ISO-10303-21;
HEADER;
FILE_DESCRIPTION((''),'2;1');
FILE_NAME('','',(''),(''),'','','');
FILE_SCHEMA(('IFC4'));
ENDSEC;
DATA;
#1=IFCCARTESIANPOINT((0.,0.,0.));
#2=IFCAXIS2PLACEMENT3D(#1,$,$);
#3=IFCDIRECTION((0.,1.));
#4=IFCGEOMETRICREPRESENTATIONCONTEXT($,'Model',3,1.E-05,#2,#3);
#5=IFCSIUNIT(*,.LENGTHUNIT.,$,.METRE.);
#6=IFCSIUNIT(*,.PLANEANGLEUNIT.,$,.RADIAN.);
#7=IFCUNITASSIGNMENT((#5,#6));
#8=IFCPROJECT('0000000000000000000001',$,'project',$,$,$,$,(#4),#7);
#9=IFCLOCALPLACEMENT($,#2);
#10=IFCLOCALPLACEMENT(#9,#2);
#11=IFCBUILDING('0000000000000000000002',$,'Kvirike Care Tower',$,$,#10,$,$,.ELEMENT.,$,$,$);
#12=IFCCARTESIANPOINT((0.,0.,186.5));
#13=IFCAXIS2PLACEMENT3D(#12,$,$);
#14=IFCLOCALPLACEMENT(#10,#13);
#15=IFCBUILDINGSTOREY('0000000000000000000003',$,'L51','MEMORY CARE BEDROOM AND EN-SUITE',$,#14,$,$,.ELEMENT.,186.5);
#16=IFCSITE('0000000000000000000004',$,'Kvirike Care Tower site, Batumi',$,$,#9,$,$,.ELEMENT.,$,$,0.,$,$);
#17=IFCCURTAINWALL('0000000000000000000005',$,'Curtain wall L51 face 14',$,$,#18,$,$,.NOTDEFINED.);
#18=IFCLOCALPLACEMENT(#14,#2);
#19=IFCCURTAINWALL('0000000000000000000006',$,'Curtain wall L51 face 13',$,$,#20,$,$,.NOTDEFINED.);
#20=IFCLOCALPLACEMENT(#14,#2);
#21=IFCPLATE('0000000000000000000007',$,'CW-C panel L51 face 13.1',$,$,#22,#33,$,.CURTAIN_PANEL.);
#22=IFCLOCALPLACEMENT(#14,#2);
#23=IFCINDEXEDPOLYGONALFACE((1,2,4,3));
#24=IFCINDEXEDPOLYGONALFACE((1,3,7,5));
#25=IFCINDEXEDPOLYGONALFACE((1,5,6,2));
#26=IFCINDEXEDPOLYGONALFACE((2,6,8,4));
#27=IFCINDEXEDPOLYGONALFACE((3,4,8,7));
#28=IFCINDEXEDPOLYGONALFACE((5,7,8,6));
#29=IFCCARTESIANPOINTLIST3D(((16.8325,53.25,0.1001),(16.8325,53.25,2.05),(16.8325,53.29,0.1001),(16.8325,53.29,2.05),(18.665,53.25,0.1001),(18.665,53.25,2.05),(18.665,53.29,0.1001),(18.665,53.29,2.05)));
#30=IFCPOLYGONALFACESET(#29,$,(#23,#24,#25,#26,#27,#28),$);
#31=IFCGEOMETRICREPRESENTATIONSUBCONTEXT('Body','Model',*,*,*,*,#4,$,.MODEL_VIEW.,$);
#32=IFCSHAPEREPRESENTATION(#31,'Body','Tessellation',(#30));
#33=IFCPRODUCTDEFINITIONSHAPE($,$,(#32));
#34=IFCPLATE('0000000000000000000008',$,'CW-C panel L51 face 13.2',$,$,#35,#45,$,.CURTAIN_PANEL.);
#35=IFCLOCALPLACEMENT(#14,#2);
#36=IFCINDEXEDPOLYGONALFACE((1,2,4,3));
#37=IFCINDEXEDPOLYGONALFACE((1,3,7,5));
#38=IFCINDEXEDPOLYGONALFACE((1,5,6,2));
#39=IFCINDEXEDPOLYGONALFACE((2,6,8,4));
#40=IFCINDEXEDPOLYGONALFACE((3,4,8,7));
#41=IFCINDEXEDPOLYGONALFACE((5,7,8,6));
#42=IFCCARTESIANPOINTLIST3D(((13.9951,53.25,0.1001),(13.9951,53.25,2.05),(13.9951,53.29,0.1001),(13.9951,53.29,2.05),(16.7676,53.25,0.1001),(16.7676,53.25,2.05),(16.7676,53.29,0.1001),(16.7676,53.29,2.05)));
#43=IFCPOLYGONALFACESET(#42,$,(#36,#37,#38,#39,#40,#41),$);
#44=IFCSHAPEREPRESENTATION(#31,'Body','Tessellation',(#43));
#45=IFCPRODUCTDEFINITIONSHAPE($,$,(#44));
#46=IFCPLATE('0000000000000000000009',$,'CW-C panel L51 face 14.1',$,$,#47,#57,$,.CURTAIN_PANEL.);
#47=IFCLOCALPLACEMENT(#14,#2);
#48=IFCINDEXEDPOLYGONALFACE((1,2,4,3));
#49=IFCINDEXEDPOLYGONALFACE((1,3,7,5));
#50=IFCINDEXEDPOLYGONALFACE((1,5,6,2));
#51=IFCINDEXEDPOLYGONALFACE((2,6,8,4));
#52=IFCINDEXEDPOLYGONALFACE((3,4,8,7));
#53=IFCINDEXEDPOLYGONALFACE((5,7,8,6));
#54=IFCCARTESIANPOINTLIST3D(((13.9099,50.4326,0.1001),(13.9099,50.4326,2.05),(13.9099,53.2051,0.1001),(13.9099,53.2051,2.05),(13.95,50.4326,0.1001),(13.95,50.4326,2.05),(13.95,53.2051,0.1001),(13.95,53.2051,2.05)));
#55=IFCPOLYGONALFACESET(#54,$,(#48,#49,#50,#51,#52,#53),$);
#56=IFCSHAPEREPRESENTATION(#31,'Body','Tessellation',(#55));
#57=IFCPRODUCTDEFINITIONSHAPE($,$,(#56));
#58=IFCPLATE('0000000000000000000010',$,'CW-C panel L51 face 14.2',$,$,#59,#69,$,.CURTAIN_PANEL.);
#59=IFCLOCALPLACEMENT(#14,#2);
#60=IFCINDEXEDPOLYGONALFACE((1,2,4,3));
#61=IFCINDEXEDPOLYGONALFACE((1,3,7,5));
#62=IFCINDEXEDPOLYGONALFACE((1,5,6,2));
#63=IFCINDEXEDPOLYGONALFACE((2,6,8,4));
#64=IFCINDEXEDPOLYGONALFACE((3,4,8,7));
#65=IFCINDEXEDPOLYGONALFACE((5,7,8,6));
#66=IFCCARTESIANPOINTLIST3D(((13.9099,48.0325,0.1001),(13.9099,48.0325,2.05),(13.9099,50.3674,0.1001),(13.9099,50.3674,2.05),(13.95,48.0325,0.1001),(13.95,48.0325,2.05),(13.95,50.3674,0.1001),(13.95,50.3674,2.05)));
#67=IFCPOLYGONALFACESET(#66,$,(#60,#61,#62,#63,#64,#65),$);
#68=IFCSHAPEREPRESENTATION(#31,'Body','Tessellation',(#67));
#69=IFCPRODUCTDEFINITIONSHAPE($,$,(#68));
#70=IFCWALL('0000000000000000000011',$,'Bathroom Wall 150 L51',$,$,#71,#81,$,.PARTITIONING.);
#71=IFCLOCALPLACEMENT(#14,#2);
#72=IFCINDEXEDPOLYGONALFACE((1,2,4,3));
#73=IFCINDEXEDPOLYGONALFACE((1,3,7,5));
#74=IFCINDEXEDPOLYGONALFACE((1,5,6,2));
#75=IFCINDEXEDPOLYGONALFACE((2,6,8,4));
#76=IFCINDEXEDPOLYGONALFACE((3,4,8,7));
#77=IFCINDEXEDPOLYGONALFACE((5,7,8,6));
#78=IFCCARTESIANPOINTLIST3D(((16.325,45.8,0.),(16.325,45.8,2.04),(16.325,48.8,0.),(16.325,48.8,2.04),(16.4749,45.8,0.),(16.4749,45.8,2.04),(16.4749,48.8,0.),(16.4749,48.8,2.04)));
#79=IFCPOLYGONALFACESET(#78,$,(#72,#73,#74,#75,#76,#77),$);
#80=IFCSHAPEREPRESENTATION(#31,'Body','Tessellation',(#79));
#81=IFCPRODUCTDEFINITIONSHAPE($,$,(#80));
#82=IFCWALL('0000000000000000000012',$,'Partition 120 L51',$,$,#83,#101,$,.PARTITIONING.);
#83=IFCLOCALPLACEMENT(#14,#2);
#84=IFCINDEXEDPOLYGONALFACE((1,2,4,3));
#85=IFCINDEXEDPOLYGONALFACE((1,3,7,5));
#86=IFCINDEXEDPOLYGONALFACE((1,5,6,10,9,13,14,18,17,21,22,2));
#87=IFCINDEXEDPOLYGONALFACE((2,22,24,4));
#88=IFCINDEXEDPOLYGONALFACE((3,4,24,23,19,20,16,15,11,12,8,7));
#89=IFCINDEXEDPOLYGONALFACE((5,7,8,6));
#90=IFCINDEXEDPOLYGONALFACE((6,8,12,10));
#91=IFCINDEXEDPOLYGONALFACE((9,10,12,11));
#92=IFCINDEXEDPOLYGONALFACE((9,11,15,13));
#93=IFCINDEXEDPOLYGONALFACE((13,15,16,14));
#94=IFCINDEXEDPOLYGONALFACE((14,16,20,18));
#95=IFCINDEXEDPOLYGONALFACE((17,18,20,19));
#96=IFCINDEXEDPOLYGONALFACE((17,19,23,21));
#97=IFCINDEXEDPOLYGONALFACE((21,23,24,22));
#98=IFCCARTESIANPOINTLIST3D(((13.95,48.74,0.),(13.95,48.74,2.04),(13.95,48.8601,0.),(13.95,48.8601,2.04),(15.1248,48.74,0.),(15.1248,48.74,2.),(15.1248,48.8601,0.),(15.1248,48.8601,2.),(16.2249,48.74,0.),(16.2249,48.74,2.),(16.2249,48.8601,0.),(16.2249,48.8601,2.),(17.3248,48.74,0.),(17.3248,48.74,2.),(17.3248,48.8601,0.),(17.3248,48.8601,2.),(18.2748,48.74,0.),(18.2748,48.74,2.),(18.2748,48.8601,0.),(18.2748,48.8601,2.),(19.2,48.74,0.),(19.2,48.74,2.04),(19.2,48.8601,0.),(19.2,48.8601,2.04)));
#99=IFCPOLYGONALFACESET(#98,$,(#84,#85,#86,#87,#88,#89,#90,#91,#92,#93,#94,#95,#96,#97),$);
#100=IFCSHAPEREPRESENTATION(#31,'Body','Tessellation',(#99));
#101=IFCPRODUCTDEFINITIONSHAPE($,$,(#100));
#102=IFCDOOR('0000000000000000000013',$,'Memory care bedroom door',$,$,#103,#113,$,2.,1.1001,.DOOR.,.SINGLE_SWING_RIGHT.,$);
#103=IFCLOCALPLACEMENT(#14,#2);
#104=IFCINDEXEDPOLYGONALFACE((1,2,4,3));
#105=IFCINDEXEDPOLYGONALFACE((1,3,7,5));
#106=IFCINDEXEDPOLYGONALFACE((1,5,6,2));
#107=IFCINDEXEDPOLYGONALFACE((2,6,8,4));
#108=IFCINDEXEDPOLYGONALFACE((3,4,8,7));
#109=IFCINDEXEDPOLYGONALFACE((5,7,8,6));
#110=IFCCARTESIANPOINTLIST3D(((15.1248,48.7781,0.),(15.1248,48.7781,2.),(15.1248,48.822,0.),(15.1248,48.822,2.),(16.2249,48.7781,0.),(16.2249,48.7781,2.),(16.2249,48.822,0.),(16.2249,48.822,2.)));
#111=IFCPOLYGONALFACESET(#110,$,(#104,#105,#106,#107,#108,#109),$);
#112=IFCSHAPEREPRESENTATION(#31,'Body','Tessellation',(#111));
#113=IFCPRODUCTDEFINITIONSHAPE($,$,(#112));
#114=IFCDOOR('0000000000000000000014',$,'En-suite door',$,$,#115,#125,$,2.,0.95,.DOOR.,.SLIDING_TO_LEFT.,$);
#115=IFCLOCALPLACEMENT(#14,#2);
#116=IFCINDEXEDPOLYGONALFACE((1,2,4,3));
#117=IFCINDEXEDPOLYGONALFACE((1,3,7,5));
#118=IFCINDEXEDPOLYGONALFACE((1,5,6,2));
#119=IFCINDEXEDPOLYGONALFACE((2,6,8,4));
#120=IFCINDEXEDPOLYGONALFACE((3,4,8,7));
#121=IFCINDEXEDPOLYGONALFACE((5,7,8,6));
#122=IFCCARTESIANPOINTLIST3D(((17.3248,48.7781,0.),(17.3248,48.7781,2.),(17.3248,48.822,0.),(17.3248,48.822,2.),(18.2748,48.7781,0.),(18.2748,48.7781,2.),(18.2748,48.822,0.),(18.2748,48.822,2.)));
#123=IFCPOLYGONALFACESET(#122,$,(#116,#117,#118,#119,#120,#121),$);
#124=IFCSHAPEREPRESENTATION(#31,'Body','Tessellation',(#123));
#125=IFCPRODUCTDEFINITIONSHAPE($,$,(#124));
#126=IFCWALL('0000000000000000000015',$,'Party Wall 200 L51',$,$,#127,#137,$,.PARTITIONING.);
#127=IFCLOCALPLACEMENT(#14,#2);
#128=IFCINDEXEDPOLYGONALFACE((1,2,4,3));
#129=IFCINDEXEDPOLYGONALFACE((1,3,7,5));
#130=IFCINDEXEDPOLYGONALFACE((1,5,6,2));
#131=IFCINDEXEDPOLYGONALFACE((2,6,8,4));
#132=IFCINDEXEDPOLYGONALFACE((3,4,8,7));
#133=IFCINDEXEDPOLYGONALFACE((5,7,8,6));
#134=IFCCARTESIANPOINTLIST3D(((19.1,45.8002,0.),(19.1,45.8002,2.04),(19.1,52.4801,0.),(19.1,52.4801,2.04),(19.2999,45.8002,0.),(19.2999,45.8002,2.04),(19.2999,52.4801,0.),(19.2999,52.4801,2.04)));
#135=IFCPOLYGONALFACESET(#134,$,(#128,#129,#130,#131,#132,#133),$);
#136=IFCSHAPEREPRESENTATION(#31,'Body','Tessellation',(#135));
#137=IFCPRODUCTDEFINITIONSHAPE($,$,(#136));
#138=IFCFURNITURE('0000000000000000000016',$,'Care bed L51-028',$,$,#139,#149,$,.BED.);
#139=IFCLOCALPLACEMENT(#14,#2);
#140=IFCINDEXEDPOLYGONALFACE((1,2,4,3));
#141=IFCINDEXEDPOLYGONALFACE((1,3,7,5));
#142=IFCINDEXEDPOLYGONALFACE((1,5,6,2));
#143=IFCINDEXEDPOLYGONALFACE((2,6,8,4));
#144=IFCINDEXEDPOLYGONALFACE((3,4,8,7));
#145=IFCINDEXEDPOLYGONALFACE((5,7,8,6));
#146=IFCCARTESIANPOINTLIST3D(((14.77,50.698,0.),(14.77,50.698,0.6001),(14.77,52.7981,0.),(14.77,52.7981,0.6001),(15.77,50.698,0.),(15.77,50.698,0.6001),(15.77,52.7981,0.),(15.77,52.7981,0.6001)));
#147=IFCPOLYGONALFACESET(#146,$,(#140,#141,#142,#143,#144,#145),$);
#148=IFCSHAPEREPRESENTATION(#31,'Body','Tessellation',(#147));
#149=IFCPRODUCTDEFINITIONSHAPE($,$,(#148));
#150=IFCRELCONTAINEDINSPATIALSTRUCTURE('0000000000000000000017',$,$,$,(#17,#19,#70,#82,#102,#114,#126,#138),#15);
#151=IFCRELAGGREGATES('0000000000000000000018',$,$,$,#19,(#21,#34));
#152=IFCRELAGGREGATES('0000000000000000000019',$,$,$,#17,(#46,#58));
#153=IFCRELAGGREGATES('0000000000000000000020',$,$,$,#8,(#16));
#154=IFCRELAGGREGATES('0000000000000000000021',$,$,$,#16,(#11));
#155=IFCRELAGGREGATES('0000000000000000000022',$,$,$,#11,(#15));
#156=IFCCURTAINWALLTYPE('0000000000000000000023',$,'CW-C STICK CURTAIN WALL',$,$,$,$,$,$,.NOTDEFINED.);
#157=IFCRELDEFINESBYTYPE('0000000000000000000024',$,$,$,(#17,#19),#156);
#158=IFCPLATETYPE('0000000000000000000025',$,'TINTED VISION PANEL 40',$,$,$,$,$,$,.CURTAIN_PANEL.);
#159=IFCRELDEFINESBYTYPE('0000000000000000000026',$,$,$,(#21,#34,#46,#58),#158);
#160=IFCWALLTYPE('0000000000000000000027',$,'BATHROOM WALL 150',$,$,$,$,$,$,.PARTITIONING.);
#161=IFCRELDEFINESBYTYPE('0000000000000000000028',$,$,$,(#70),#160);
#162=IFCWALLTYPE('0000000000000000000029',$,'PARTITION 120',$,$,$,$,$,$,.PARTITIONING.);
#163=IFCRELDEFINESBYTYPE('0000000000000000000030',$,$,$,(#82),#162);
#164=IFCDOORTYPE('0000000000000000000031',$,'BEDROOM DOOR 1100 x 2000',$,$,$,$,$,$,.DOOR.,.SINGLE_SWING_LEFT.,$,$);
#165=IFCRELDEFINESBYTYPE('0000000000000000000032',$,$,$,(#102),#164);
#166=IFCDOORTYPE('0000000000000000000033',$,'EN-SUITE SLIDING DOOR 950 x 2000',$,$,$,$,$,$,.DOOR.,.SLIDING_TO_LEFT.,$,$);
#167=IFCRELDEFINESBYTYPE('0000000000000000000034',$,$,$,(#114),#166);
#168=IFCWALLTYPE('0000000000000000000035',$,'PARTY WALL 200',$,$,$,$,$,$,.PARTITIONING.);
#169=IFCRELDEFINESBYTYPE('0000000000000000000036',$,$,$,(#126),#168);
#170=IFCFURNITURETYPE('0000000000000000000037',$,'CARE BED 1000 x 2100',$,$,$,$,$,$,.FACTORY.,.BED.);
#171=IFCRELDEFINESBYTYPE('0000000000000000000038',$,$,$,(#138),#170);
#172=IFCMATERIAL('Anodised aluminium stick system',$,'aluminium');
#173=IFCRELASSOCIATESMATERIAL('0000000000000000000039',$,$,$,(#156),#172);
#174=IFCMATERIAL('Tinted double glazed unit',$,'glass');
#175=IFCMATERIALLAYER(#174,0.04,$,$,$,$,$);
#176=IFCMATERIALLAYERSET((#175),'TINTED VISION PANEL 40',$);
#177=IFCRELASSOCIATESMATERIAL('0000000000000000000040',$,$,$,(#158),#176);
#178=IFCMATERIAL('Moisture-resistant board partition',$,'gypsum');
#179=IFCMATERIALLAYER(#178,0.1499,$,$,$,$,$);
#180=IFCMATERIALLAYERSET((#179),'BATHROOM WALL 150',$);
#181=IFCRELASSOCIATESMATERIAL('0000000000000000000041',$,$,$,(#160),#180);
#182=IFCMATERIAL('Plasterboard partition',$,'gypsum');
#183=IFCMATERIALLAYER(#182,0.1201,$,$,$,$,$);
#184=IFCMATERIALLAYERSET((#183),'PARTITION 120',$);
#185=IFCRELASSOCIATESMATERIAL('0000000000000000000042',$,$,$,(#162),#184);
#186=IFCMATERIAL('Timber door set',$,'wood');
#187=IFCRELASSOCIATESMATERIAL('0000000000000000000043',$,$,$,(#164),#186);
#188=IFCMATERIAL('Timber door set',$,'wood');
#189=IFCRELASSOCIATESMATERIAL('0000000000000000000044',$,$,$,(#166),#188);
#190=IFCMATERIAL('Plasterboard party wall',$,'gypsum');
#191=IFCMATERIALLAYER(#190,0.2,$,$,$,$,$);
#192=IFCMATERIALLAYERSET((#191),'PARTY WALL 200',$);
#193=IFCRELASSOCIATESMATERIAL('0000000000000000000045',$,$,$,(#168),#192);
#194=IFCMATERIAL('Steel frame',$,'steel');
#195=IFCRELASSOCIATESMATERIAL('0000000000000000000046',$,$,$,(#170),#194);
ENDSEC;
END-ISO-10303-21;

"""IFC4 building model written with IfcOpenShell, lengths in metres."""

from ifc_helpers import new_model, si_unit, direction, frame, frame_2d, origin, origin_2d, place, context, subcontext, project, spatial, rectangle, extrude, material, layer, layer_set, type_object, element, fill, aggregate, save


model = new_model("IFC4")

# Units and contexts
model_context = context("Model", 3, precision=1e-05, world=origin(), true_north=direction((0.0, 1.0)))
body_context = subcontext(model_context, "Body", "Model", "MODEL_VIEW")
ifc_project = project(units=[si_unit("LENGTHUNIT", "METRE"), si_unit("PLANEANGLEUNIT", "RADIAN")], contexts=[model_context])

# Site, building, storey
site_placement = place(None, origin())
site = spatial("IfcSite", under=ifc_project, at=site_placement, Name="Kvirike Care Tower site, Batumi", CompositionType="ELEMENT", RefElevation=0.0)
building_placement = place(site_placement, origin())
building = spatial("IfcBuilding", under=site, at=building_placement, Name="Kvirike Care Tower", CompositionType="ELEMENT")
storey_placement = place(building_placement, frame((0.0, 0.0, 186.5)))
storey = spatial("IfcBuildingStorey", under=building, at=storey_placement, Name="L51", Description="MEMORY CARE BEDROOM AND EN-SUITE", CompositionType="ELEMENT", Elevation=186.5)

# Curtain wall
ifc_material_1 = material(Name="Anodised aluminium stick system", Category="aluminium")
curtain_wall_type = type_object("IfcCurtainWallType", Name="CW-C STICK CURTAIN WALL", PredefinedType="NOTDEFINED", material=ifc_material_1)
curtain_wall_1_placement = place(storey_placement, origin())
curtain_wall_1 = element("IfcCurtainWall", 1, at=curtain_wall_1_placement, inside=storey, type_object=curtain_wall_type, Name="Curtain wall L51 face 14", PredefinedType="NOTDEFINED")

# Curtain wall
curtain_wall_2_placement = place(storey_placement, origin())
curtain_wall_2 = element("IfcCurtainWall", 2, at=curtain_wall_2_placement, inside=storey, type_object=curtain_wall_type, Name="Curtain wall L51 face 13", PredefinedType="NOTDEFINED")

# Plates
ifc_material_2 = material(Name="Tinted double glazed unit", Category="glass")
ifc_layer_1 = layer(ifc_material_2, 0.04)
ifc_layer_set_1 = layer_set([ifc_layer_1], Name="TINTED VISION PANEL 40")
plate_type = type_object("IfcPlateType", Name="TINTED VISION PANEL 40", PredefinedType="CURTAIN_PANEL", material=ifc_layer_set_1)
plate_1_placement = place(storey_placement, frame((17.7488, 53.27, 0.1001), z_axis=(0.0, 0.0, 1.0), x_axis=(-1.0, 0.0, 0.0)))
plate_1 = element("IfcPlate", 3, at=plate_1_placement, type_object=plate_type, Name="CW-C panel L51 face 13.1", PredefinedType="CURTAIN_PANEL", context=body_context, shape_type="SweptSolid", body=[
    extrude(rectangle(XDim=1.8325, YDim=0.04, at=origin_2d()), origin(), (0.0, 0.0, 1.0), 1.95),
])
plate_2_placement = place(storey_placement, frame((15.3813, 53.27, 0.1001), z_axis=(0.0, 0.0, 1.0), x_axis=(-1.0, 0.0, 0.0)))
plate_2 = element("IfcPlate", 4, at=plate_2_placement, type_object=plate_type, Name="CW-C panel L51 face 13.2", PredefinedType="CURTAIN_PANEL", context=body_context, shape_type="SweptSolid", body=[
    extrude(rectangle(XDim=2.7725, YDim=0.04, at=origin_2d()), origin(), (0.0, 0.0, 1.0), 1.95),
])
aggregate(curtain_wall_2, [plate_1, plate_2])
plate_3_placement = place(storey_placement, frame((13.9299, 51.8188, 0.1001), z_axis=(0.0, 0.0, 1.0), x_axis=(0.0, -1.0, 0.0)))
plate_3 = element("IfcPlate", 5, at=plate_3_placement, type_object=plate_type, Name="CW-C panel L51 face 14.1", PredefinedType="CURTAIN_PANEL", context=body_context, shape_type="SweptSolid", body=[
    extrude(rectangle(XDim=2.7725, YDim=0.04, at=origin_2d()), origin(), (0.0, 0.0, 1.0), 1.95),
])
plate_4_placement = place(storey_placement, frame((13.9299, 49.2, 0.1001), z_axis=(0.0, 0.0, 1.0), x_axis=(0.0, -1.0, 0.0)))
plate_4 = element("IfcPlate", 6, at=plate_4_placement, type_object=plate_type, Name="CW-C panel L51 face 14.2", PredefinedType="CURTAIN_PANEL", context=body_context, shape_type="SweptSolid", body=[
    extrude(rectangle(XDim=2.335, YDim=0.04, at=origin_2d()), origin(), (0.0, 0.0, 1.0), 1.95),
])
aggregate(curtain_wall_1, [plate_3, plate_4])

# Wall
ifc_material_3 = material(Name="Moisture-resistant board partition", Category="gypsum")
ifc_layer_2 = layer(ifc_material_3, 0.1499)
ifc_layer_set_2 = layer_set([ifc_layer_2], Name="BATHROOM WALL 150")
wall_type_1 = type_object("IfcWallType", Name="BATHROOM WALL 150", PredefinedType="PARTITIONING", material=ifc_layer_set_2)
wall_1_placement = place(storey_placement, frame((16.3999, 48.8, 0.0), z_axis=(0.0, 0.0, 1.0), x_axis=(0.0, -1.0, 0.0)))
element("IfcWall", 7, at=wall_1_placement, inside=storey, type_object=wall_type_1, Name="Bathroom Wall 150 L51", PredefinedType="PARTITIONING", context=body_context, shape_type="SweptSolid", body=[
    extrude(rectangle(XDim=3.0, YDim=0.1499, at=frame_2d((1.5, 0.0))), origin(), (0.0, 0.0, 1.0), 2.04),
])

# Wall, openings, doors
ifc_material_4 = material(Name="Plasterboard partition", Category="gypsum")
ifc_layer_3 = layer(ifc_material_4, 0.1201)
ifc_layer_set_3 = layer_set([ifc_layer_3], Name="PARTITION 120")
wall_type_2 = type_object("IfcWallType", Name="PARTITION 120", PredefinedType="PARTITIONING", material=ifc_layer_set_3)
wall_2_placement = place(storey_placement, frame((19.2, 48.8, 0.0), z_axis=(0.0, 0.0, 1.0), x_axis=(-1.0, 0.0, 0.0)))
wall_2 = element("IfcWall", 8, at=wall_2_placement, inside=storey, type_object=wall_type_2, Name="Partition 120 L51", PredefinedType="PARTITIONING", context=body_context, shape_type="SweptSolid", body=[
    extrude(rectangle(XDim=5.25, YDim=0.1201, at=frame_2d((2.625, 0.0))), origin(), (0.0, 0.0, 1.0), 2.04),
])
opening_1_placement = place(wall_2_placement, frame((2.9751, 0.0, 0.0)))
opening_1 = element("IfcOpeningElement", 9, at=opening_1_placement, cuts=wall_2, PredefinedType="OPENING", context=body_context, shape_type="SweptSolid", body=[
    extrude(rectangle(XDim=1.1001, YDim=2.0, at=frame_2d((0.55, 1.0))), frame((0.0, 0.0706, 0.0), z_axis=(0.0, -1.0, 0.0), x_axis=(1.0, 0.0, 0.0)), (0.0, 0.0, 1.0), 0.1411),
])
opening_2_placement = place(wall_2_placement, frame((0.925, 0.0, 0.0)))
opening_2 = element("IfcOpeningElement", 10, at=opening_2_placement, cuts=wall_2, PredefinedType="OPENING", context=body_context, shape_type="SweptSolid", body=[
    extrude(rectangle(XDim=0.95, YDim=2.0, at=frame_2d((0.4751, 1.0))), frame((0.0, 0.0706, 0.0), z_axis=(0.0, -1.0, 0.0), x_axis=(1.0, 0.0, 0.0)), (0.0, 0.0, 1.0), 0.1411),
])
ifc_material_5 = material(Name="Timber door set", Category="wood")
door_type_1 = type_object("IfcDoorType", Name="BEDROOM DOOR 1100 x 2000", OperationType="SINGLE_SWING_LEFT", PredefinedType="DOOR", material=ifc_material_5)
door_1_placement = place(opening_1_placement, origin())
door_1 = element("IfcDoor", 11, at=door_1_placement, inside=storey, type_object=door_type_1, Name="Memory care bedroom door", OperationType="SINGLE_SWING_RIGHT", OverallHeight=2.0, OverallWidth=1.1001, PredefinedType="DOOR", context=body_context, shape_type="SweptSolid", body=[
    extrude(rectangle(XDim=1.1001, YDim=2.0, at=frame_2d((0.55, 1.0))), frame((0.0, 0.022, 0.0), z_axis=(0.0, -1.0, 0.0), x_axis=(1.0, 0.0, 0.0)), (0.0, 0.0, 1.0), 0.0439),
])
fill(opening_1, door_1)
ifc_material_6 = material(Name="Timber door set", Category="wood")
door_type_2 = type_object("IfcDoorType", Name="EN-SUITE SLIDING DOOR 950 x 2000", OperationType="SLIDING_TO_LEFT", PredefinedType="DOOR", material=ifc_material_6)
door_2_placement = place(opening_2_placement, origin())
door_2 = element("IfcDoor", 12, at=door_2_placement, inside=storey, type_object=door_type_2, Name="En-suite door", OperationType="SLIDING_TO_LEFT", OverallHeight=2.0, OverallWidth=0.95, PredefinedType="DOOR", context=body_context, shape_type="SweptSolid", body=[
    extrude(rectangle(XDim=0.95, YDim=2.0, at=frame_2d((0.4751, 1.0))), frame((0.0, 0.022, 0.0), z_axis=(0.0, -1.0, 0.0), x_axis=(1.0, 0.0, 0.0)), (0.0, 0.0, 1.0), 0.0439),
])
fill(opening_2, door_2)

# Wall
ifc_material_7 = material(Name="Plasterboard party wall", Category="gypsum")
ifc_layer_4 = layer(ifc_material_7, 0.2)
ifc_layer_set_4 = layer_set([ifc_layer_4], Name="PARTY WALL 200")
wall_type_3 = type_object("IfcWallType", Name="PARTY WALL 200", PredefinedType="PARTITIONING", material=ifc_layer_set_4)
wall_3_placement = place(storey_placement, frame((19.2, 52.48, 0.0), z_axis=(0.0, 0.0, 1.0), x_axis=(0.0, -1.0, 0.0)))
element("IfcWall", 13, at=wall_3_placement, inside=storey, type_object=wall_type_3, Name="Party Wall 200 L51", PredefinedType="PARTITIONING", context=body_context, shape_type="SweptSolid", body=[
    extrude(rectangle(XDim=6.6799, YDim=0.2, at=frame_2d((3.3398, 0.0))), origin(), (0.0, 0.0, 1.0), 2.04),
])

# Furniture
ifc_material_8 = material(Name="Steel frame", Category="steel")
furniture_type = type_object("IfcFurnitureType", Name="CARE BED 1000 x 2100", AssemblyPlace="FACTORY", PredefinedType="BED", material=ifc_material_8)
furniture_placement = place(storey_placement, frame((15.27, 51.748, 0.0), z_axis=(0.0, 0.0, 1.0), x_axis=(1.0, 0.0, 0.0)))
element("IfcFurniture", 14, at=furniture_placement, inside=storey, type_object=furniture_type, Name="Care bed L51-028", PredefinedType="BED", context=body_context, shape_type="SweptSolid", body=[
    extrude(rectangle(XDim=1.0, YDim=2.1001, at=origin_2d()), origin(), (0.0, 0.0, 1.0), 0.6001),
])

save(model, "model.ifc")
